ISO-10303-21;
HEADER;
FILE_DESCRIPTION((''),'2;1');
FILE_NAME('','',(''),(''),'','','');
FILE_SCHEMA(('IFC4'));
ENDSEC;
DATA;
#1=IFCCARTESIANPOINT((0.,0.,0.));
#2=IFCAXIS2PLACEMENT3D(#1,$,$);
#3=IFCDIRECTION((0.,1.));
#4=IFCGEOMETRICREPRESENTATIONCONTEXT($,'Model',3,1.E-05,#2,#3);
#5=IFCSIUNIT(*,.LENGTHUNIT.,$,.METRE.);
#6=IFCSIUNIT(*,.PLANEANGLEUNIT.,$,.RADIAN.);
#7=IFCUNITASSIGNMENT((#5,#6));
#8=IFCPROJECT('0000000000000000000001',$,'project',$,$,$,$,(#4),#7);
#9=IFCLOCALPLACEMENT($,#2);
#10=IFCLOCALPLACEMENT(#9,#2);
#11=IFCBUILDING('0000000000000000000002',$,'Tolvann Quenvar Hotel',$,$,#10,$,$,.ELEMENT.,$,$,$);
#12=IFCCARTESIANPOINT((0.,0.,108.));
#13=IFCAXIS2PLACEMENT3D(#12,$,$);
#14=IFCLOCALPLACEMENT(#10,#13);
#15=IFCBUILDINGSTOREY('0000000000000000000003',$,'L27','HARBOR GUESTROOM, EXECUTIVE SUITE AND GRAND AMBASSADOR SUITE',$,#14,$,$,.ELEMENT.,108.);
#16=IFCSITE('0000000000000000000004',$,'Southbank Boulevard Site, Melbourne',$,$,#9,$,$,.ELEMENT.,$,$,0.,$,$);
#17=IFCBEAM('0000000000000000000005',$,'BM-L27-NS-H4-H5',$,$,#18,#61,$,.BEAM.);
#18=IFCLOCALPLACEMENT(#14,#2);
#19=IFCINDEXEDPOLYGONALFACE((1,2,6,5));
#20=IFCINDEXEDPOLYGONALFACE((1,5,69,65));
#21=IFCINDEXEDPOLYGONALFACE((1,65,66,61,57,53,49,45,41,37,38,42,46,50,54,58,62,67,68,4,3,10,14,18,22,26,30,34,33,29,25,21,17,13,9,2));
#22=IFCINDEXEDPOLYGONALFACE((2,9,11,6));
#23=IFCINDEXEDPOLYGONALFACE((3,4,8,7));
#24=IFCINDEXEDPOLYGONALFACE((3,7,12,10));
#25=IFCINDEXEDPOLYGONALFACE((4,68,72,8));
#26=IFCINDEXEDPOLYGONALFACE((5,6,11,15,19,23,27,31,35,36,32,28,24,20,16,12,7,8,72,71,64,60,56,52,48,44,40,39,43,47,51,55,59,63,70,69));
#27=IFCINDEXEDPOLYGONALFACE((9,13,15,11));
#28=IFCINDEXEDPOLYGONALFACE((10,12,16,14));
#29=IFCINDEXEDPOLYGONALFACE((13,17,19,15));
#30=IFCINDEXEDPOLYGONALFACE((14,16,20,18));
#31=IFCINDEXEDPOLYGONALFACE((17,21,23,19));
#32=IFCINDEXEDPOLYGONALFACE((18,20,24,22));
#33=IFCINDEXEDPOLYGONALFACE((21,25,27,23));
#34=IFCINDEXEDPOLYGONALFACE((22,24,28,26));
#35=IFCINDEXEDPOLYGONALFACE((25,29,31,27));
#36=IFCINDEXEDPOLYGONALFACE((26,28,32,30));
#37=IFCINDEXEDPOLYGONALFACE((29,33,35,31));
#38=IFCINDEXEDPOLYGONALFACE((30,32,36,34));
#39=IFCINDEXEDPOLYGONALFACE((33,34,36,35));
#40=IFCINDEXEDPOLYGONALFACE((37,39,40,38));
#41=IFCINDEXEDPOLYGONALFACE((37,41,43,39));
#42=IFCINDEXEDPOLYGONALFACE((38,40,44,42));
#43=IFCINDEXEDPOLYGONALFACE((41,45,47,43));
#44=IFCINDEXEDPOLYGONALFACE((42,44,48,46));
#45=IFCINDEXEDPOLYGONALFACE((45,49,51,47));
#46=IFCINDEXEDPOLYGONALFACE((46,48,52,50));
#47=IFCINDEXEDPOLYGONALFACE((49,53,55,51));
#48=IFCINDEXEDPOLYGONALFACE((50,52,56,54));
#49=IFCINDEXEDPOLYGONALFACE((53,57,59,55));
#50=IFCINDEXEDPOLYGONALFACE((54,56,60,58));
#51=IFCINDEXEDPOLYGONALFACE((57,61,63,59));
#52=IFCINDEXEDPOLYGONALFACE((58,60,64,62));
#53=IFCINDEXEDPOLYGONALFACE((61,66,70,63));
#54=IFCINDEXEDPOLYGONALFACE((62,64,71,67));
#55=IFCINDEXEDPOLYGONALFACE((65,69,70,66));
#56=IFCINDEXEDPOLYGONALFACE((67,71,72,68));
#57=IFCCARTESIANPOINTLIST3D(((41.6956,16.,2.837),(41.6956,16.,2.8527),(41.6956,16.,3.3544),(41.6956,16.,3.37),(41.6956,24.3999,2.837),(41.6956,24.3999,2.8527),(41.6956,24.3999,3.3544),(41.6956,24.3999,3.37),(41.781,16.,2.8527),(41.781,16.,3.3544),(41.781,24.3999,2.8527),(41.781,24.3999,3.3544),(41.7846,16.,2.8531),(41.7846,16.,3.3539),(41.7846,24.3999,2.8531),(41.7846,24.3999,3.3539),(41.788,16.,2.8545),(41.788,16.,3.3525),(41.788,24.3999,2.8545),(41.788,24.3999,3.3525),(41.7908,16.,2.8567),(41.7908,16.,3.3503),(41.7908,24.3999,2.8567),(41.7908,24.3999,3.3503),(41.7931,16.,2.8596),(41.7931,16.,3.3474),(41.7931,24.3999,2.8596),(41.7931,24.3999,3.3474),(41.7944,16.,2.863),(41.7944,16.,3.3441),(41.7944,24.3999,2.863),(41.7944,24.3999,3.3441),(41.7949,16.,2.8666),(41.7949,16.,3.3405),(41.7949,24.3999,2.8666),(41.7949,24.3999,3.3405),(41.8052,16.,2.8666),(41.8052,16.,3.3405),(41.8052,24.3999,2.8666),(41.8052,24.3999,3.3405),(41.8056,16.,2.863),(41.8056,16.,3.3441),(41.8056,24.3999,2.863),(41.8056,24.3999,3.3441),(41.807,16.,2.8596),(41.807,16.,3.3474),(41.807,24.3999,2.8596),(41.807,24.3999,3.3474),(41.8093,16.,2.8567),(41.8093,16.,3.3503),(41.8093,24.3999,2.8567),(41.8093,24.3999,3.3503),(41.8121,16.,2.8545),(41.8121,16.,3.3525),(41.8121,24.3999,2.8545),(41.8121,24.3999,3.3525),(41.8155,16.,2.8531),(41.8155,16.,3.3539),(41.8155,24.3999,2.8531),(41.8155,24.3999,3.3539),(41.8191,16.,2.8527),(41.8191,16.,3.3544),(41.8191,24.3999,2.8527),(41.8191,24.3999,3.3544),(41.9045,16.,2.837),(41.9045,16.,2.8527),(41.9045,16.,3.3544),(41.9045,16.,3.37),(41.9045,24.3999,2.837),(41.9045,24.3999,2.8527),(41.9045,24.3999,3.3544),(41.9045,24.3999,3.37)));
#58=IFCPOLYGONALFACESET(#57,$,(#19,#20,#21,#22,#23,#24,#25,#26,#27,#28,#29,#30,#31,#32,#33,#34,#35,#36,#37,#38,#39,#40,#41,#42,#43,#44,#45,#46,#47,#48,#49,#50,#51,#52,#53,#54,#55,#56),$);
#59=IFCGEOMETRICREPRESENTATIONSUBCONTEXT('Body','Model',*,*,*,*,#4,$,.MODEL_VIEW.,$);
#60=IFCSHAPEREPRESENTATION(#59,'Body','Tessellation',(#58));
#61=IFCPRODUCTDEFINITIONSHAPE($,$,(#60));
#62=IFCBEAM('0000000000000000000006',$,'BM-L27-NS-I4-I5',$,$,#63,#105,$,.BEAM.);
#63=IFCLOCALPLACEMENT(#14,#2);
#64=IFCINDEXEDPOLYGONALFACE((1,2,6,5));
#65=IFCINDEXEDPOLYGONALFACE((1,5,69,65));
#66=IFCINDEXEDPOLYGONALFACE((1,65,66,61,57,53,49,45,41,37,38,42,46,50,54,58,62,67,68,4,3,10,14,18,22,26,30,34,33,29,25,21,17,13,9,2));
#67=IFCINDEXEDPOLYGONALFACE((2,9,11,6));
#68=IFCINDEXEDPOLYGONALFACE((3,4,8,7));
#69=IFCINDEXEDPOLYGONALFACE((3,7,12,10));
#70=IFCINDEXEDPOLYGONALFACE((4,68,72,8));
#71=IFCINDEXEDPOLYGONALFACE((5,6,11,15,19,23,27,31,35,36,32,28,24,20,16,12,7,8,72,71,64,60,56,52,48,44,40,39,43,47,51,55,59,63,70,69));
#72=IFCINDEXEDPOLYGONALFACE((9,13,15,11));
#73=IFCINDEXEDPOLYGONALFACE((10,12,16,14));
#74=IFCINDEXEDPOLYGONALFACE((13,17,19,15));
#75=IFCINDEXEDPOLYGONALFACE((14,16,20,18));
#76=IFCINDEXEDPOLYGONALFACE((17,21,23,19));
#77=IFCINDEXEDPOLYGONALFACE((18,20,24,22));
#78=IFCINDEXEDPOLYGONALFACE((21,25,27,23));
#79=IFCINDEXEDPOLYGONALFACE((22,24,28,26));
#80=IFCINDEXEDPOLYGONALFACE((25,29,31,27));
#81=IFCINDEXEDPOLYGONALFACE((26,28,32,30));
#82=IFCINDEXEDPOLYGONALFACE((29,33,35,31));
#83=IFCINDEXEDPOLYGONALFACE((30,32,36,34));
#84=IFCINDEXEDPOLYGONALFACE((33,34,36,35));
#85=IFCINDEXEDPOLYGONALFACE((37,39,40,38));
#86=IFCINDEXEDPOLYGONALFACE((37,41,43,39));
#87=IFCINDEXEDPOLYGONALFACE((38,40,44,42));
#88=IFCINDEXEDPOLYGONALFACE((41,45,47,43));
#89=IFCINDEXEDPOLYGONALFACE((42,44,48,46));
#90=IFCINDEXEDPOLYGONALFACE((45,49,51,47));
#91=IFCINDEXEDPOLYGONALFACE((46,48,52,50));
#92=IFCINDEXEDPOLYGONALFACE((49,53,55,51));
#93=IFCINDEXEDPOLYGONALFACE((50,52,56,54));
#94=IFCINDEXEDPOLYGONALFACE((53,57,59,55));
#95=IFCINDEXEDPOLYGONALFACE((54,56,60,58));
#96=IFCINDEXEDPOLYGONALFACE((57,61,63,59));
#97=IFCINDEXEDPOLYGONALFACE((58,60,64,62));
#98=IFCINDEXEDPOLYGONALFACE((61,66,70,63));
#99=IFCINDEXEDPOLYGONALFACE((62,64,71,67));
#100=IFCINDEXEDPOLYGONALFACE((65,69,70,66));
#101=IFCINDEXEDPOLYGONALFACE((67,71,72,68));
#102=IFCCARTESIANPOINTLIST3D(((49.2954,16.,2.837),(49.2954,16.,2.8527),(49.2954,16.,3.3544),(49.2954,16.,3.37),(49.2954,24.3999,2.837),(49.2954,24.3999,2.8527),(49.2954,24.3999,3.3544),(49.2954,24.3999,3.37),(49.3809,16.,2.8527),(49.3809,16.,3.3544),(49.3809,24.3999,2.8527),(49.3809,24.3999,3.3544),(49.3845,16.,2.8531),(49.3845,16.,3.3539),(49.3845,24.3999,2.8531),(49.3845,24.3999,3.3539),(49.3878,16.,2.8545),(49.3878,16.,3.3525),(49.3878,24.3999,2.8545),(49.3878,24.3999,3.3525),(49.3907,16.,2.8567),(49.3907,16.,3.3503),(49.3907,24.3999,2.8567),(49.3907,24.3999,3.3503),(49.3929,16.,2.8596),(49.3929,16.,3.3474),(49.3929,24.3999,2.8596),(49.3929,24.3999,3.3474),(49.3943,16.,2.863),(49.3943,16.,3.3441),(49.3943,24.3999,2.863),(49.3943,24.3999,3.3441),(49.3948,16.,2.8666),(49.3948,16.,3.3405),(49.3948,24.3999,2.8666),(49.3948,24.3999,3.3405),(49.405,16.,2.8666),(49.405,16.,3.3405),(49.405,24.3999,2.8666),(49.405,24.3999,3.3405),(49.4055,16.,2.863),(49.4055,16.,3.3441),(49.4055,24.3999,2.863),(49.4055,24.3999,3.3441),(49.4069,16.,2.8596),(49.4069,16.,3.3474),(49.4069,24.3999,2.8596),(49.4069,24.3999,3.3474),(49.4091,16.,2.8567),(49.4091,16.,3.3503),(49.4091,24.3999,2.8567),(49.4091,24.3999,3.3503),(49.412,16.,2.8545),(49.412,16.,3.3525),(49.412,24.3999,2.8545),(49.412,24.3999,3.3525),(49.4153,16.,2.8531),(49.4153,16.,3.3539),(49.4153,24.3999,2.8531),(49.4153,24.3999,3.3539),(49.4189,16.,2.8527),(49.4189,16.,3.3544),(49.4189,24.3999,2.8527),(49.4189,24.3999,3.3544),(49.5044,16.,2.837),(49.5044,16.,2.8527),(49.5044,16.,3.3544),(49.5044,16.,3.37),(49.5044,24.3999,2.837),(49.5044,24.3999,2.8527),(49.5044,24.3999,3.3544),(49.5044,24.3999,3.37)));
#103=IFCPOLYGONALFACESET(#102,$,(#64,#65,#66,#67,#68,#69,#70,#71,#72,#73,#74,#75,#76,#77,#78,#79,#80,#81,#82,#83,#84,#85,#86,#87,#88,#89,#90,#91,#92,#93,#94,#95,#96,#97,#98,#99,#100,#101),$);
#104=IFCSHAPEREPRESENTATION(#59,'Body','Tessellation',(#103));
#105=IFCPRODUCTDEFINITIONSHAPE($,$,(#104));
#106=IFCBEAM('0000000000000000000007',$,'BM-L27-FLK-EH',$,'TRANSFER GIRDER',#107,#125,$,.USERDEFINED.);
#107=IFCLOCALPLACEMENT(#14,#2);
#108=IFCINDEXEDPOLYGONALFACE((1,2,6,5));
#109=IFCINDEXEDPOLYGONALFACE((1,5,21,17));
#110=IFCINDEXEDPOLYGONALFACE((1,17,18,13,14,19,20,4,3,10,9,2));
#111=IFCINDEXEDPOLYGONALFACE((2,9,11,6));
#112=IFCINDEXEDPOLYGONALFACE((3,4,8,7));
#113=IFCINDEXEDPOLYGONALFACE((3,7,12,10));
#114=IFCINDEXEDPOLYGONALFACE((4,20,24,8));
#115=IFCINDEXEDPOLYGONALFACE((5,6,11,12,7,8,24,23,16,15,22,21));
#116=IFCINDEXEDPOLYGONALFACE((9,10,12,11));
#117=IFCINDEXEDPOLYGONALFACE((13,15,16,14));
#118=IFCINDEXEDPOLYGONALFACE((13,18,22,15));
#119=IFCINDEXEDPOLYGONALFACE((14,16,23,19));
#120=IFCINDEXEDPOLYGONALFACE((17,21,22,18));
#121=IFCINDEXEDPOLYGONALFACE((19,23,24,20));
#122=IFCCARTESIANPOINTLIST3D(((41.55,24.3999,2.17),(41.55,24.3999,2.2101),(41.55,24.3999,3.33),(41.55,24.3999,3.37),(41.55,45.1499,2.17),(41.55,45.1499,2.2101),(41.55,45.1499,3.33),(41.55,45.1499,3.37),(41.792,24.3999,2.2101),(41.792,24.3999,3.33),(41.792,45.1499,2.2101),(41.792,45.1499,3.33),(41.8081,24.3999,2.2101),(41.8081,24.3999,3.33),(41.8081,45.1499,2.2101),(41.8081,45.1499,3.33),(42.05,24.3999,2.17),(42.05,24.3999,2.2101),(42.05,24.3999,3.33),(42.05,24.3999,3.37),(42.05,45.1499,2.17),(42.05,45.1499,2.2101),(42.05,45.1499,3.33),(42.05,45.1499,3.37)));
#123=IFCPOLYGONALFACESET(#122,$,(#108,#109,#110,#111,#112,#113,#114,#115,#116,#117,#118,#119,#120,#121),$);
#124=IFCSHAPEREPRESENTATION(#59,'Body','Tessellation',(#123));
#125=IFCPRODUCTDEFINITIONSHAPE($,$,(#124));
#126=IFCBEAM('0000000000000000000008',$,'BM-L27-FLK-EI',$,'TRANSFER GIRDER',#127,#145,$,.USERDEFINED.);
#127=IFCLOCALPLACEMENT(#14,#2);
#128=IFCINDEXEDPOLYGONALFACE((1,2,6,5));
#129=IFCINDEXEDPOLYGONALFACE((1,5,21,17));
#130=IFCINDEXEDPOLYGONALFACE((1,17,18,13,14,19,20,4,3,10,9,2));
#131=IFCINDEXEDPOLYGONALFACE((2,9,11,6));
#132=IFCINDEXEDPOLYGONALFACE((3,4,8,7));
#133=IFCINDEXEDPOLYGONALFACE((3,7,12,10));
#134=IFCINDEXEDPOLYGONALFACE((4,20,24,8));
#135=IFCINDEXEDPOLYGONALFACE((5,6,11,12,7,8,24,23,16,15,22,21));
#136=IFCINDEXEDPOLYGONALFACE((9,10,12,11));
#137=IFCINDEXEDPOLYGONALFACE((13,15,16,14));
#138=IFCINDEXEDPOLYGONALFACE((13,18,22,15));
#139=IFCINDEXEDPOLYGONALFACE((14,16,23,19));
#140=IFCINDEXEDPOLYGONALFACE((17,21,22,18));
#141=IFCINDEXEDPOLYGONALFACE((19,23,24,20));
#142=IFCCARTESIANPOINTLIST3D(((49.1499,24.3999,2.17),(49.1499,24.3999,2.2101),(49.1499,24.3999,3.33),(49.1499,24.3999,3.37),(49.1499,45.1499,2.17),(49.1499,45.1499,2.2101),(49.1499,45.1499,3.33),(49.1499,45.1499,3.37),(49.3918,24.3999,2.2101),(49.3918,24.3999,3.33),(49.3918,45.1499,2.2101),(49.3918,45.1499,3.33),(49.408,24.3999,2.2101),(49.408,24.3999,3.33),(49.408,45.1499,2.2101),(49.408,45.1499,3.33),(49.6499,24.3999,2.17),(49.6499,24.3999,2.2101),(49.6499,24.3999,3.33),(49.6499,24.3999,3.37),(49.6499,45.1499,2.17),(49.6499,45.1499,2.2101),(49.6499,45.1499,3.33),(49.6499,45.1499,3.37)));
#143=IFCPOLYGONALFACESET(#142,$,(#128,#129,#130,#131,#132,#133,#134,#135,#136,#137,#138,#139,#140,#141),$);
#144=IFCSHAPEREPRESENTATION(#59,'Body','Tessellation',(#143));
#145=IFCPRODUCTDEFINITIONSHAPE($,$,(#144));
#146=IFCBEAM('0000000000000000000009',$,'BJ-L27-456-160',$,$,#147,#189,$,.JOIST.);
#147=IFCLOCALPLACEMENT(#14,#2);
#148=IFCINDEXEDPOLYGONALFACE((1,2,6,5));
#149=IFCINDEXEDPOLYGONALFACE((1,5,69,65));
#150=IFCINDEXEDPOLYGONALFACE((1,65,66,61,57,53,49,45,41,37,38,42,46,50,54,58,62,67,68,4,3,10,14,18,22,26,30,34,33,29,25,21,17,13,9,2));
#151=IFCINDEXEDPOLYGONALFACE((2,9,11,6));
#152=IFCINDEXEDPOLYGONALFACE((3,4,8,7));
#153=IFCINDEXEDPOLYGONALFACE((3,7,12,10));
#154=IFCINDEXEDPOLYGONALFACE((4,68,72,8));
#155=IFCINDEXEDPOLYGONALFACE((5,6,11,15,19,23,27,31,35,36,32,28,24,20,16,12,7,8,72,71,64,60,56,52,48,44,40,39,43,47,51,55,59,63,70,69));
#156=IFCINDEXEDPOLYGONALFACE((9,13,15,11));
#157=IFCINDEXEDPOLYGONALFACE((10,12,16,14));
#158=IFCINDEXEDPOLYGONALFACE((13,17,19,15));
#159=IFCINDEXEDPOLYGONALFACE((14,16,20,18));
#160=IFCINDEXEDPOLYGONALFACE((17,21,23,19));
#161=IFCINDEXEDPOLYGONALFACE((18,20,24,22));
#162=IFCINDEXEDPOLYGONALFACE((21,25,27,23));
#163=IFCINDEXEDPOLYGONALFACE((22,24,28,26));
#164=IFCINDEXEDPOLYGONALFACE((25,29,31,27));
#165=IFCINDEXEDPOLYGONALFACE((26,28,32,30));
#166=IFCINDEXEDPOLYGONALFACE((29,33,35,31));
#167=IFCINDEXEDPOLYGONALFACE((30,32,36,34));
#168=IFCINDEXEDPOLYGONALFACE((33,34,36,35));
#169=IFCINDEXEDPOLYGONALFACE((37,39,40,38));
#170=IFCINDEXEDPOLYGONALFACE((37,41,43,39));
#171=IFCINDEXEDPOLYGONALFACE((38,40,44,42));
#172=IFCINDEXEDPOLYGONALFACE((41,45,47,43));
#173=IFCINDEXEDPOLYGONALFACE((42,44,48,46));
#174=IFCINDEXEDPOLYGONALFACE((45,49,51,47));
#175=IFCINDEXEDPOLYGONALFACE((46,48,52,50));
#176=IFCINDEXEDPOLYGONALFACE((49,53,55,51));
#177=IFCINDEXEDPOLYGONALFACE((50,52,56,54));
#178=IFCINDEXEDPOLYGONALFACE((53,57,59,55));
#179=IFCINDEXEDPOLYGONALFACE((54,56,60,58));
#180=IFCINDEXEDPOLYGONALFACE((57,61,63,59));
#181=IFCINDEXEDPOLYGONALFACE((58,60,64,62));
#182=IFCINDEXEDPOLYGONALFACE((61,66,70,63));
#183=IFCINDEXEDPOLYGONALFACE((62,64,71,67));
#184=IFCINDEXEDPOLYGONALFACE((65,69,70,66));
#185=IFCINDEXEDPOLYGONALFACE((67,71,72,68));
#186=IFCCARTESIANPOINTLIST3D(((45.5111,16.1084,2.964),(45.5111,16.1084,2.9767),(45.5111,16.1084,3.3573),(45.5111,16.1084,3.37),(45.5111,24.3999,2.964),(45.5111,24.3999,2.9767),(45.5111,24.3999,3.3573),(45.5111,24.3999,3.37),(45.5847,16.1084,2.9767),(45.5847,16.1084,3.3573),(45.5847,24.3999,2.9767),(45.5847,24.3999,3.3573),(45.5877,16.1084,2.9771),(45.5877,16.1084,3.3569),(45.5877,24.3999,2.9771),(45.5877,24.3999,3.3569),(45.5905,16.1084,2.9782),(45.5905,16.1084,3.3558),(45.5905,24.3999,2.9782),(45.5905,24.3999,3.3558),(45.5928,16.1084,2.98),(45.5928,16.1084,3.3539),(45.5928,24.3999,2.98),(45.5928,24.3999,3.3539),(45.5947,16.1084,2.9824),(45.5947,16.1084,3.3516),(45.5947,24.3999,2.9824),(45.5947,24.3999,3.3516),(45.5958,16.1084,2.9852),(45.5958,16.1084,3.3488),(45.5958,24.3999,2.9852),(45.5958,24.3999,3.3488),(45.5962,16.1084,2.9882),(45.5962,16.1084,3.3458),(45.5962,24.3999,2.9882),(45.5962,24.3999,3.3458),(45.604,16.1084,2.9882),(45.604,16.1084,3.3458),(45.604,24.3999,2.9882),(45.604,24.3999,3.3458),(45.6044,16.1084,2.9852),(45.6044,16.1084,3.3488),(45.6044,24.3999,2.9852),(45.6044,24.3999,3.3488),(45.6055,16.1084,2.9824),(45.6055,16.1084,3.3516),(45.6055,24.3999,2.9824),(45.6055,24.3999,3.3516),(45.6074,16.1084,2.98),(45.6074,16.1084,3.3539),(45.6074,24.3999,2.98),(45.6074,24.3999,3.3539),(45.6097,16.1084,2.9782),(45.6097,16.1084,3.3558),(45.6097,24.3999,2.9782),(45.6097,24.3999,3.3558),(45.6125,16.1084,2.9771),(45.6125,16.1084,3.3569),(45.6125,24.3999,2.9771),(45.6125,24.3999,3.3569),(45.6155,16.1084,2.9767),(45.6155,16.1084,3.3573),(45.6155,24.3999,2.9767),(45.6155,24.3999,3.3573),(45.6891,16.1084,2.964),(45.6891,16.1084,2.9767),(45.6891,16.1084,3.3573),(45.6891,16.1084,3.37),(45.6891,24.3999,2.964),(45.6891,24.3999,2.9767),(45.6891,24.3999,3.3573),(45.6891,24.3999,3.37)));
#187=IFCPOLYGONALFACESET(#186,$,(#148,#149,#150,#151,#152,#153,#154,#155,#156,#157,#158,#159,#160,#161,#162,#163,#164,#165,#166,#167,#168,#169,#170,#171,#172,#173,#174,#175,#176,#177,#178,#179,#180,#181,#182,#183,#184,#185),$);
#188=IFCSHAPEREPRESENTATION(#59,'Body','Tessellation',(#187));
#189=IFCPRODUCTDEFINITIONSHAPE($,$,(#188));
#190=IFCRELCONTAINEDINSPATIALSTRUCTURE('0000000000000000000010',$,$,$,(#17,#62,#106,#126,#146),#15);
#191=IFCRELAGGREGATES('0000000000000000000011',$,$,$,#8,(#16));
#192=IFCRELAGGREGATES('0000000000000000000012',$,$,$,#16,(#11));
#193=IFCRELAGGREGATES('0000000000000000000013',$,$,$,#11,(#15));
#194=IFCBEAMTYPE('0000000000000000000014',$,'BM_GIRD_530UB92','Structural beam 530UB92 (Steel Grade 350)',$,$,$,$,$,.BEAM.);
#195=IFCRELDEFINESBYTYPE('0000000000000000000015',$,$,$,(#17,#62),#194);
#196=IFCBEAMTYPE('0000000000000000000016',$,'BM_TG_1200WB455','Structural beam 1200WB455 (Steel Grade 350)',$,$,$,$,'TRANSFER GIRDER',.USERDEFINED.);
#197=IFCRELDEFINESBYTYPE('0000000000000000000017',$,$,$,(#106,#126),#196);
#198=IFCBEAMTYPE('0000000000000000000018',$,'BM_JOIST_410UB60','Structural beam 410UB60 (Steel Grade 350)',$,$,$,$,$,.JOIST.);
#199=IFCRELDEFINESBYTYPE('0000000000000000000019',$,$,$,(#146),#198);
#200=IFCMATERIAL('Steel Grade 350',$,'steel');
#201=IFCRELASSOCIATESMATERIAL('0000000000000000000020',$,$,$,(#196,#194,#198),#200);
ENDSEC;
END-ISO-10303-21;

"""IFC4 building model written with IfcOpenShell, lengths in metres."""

from ifc_helpers import new_model, si_unit, direction, frame, origin, origin_2d, place, context, subcontext, project, spatial, i_section, extrude, source, transform, mapped, material, material_profile, profile_set, type_object, type_shapes, element, save


model = new_model("IFC4")

# Units and contexts
model_context = context("Model", 3, precision=1e-05, world=origin(), true_north=direction((0.0, 1.0)))
body_context = subcontext(model_context, "Body", "Model", "MODEL_VIEW")
ifc_project = project(units=[si_unit("LENGTHUNIT", "METRE"), si_unit("PLANEANGLEUNIT", "RADIAN")], contexts=[model_context])

# Site, building, storey
site_placement = place(None, origin())
site = spatial("IfcSite", under=ifc_project, at=site_placement, Name="Southbank Boulevard Site, Melbourne", CompositionType="ELEMENT", RefElevation=0.0)
building_placement = place(site_placement, origin())
building = spatial("IfcBuilding", under=site, at=building_placement, Name="Tolvann Quenvar Hotel", CompositionType="ELEMENT")
storey_placement = place(building_placement, frame((0.0, 0.0, 108.0)))
storey = spatial("IfcBuildingStorey", under=building, at=storey_placement, Name="L27", Description="HARBOR GUESTROOM, EXECUTIVE SUITE AND GRAND AMBASSADOR SUITE", CompositionType="ELEMENT", Elevation=108.0)

# Shared definitions
ifc_material_1 = material(Name="Steel Grade 350", Category="steel")

# Beams
ifc_material_profile_1 = material_profile(ifc_material_1, i_section(OverallWidth=0.5, OverallDepth=1.2, WebThickness=0.0161, FlangeThickness=0.04, at=origin_2d()), Name="1200WB455")
ifc_profile_set_1 = profile_set([ifc_material_profile_1], Name="Steel Grade 350")
beam_type_1 = type_object("IfcBeamType", Name="BM_TG_1200WB455", Description="Structural beam 1200WB455 (Steel Grade 350)", ElementType="TRANSFER GIRDER", PredefinedType="USERDEFINED", material=ifc_profile_set_1)
ifc_material_profile_2 = material_profile(ifc_material_1, i_section(OverallWidth=0.209, OverallDepth=0.533, WebThickness=0.0103, FlangeThickness=0.0156, FilletRadius=0.0139, at=origin_2d()), Name="530UB92")
ifc_profile_set_2 = profile_set([ifc_material_profile_2], Name="Steel Grade 350")
beam_type_2 = type_object("IfcBeamType", Name="BM_GIRD_530UB92", Description="Structural beam 530UB92 (Steel Grade 350)", PredefinedType="BEAM", material=ifc_profile_set_2)
shared_shape_1 = source(origin(), body_context, "Body", "SweptSolid", [
    extrude(i_section(OverallWidth=0.209, OverallDepth=0.533, WebThickness=0.0103, FlangeThickness=0.0156, FilletRadius=0.0139, at=origin_2d()), origin(), (0.0, 0.0, 1.0), 8.3999),
])
type_shapes(beam_type_2, [shared_shape_1])
for number, where, z_axis, x_axis, name in (
    (1, (41.8, 16.0, 3.1035), (0.0, 1.0, 0.0), (-1.0, 0.0, 0.0), "BM-L27-NS-H4-H5"),
    (2, (49.3999, 16.0, 3.1035), (0.0, 1.0, 0.0), (-1.0, 0.0, 0.0), "BM-L27-NS-I4-I5"),
):
    element("IfcBeam", number, at=place(storey_placement, frame(where, z_axis=z_axis, x_axis=x_axis)), inside=storey, type_object=beam_type_2, Name=name, PredefinedType="BEAM", context=body_context, shape_type="MappedRepresentation", body=[
        mapped(shared_shape_1, transform((0.0, 0.0, 0.0), x_axis=(1.0, 0.0, 0.0), y_axis=(0.0, 1.0, 0.0), z_axis=(0.0, 0.0, 1.0), scale=1.0)),
    ])
shared_shape_2 = source(origin(), body_context, "Body", "SweptSolid", [
    extrude(i_section(OverallWidth=0.5, OverallDepth=1.2, WebThickness=0.0161, FlangeThickness=0.04, at=origin_2d()), origin(), (0.0, 0.0, 1.0), 20.75),
])
for number, where, z_axis, x_axis, name in (
    (3, (41.8, 24.3999, 2.77), (0.0, 1.0, 0.0), (-1.0, 0.0, 0.0), "BM-L27-FLK-EH"),
    (4, (49.3999, 24.3999, 2.77), (0.0, 1.0, 0.0), (-1.0, 0.0, 0.0), "BM-L27-FLK-EI"),
):
    element("IfcBeam", number, at=place(storey_placement, frame(where, z_axis=z_axis, x_axis=x_axis)), inside=storey, type_object=beam_type_1, Name=name, ObjectType="TRANSFER GIRDER", PredefinedType="USERDEFINED", context=body_context, shape_type="MappedRepresentation", body=[
        mapped(shared_shape_2, transform((0.0, 0.0, 0.0), x_axis=(1.0, 0.0, 0.0), y_axis=(0.0, 1.0, 0.0), z_axis=(0.0, 0.0, 1.0), scale=1.0)),
    ])
ifc_material_profile_3 = material_profile(ifc_material_1, i_section(OverallWidth=0.178, OverallDepth=0.406, WebThickness=0.0078, FlangeThickness=0.0127, FilletRadius=0.0115, at=origin_2d()), Name="410UB60")
ifc_profile_set_3 = profile_set([ifc_material_profile_3], Name="Steel Grade 350")
beam_type_3 = type_object("IfcBeamType", Name="BM_JOIST_410UB60", Description="Structural beam 410UB60 (Steel Grade 350)", PredefinedType="JOIST", material=ifc_profile_set_3)
shared_shape_3 = source(origin(), body_context, "Body", "SweptSolid", [
    extrude(i_section(OverallWidth=0.178, OverallDepth=0.406, WebThickness=0.0078, FlangeThickness=0.0127, FilletRadius=0.0115, at=origin_2d()), origin(), (0.0, 0.0, 1.0), 8.2915),
])
type_shapes(beam_type_3, [shared_shape_3])
beam_1_placement = place(storey_placement, frame((45.6001, 16.1084, 3.167), z_axis=(0.0, 1.0, 0.0), x_axis=(-1.0, 0.0, 0.0)))
element("IfcBeam", 5, at=beam_1_placement, inside=storey, type_object=beam_type_3, Name="BJ-L27-456-160", PredefinedType="JOIST", context=body_context, shape_type="MappedRepresentation", body=[
    mapped(shared_shape_3, transform((0.0, 0.0, 0.0), x_axis=(1.0, 0.0, 0.0), y_axis=(0.0, 1.0, 0.0), z_axis=(0.0, 0.0, 1.0), scale=1.0)),
])

save(model, "model.ifc")
